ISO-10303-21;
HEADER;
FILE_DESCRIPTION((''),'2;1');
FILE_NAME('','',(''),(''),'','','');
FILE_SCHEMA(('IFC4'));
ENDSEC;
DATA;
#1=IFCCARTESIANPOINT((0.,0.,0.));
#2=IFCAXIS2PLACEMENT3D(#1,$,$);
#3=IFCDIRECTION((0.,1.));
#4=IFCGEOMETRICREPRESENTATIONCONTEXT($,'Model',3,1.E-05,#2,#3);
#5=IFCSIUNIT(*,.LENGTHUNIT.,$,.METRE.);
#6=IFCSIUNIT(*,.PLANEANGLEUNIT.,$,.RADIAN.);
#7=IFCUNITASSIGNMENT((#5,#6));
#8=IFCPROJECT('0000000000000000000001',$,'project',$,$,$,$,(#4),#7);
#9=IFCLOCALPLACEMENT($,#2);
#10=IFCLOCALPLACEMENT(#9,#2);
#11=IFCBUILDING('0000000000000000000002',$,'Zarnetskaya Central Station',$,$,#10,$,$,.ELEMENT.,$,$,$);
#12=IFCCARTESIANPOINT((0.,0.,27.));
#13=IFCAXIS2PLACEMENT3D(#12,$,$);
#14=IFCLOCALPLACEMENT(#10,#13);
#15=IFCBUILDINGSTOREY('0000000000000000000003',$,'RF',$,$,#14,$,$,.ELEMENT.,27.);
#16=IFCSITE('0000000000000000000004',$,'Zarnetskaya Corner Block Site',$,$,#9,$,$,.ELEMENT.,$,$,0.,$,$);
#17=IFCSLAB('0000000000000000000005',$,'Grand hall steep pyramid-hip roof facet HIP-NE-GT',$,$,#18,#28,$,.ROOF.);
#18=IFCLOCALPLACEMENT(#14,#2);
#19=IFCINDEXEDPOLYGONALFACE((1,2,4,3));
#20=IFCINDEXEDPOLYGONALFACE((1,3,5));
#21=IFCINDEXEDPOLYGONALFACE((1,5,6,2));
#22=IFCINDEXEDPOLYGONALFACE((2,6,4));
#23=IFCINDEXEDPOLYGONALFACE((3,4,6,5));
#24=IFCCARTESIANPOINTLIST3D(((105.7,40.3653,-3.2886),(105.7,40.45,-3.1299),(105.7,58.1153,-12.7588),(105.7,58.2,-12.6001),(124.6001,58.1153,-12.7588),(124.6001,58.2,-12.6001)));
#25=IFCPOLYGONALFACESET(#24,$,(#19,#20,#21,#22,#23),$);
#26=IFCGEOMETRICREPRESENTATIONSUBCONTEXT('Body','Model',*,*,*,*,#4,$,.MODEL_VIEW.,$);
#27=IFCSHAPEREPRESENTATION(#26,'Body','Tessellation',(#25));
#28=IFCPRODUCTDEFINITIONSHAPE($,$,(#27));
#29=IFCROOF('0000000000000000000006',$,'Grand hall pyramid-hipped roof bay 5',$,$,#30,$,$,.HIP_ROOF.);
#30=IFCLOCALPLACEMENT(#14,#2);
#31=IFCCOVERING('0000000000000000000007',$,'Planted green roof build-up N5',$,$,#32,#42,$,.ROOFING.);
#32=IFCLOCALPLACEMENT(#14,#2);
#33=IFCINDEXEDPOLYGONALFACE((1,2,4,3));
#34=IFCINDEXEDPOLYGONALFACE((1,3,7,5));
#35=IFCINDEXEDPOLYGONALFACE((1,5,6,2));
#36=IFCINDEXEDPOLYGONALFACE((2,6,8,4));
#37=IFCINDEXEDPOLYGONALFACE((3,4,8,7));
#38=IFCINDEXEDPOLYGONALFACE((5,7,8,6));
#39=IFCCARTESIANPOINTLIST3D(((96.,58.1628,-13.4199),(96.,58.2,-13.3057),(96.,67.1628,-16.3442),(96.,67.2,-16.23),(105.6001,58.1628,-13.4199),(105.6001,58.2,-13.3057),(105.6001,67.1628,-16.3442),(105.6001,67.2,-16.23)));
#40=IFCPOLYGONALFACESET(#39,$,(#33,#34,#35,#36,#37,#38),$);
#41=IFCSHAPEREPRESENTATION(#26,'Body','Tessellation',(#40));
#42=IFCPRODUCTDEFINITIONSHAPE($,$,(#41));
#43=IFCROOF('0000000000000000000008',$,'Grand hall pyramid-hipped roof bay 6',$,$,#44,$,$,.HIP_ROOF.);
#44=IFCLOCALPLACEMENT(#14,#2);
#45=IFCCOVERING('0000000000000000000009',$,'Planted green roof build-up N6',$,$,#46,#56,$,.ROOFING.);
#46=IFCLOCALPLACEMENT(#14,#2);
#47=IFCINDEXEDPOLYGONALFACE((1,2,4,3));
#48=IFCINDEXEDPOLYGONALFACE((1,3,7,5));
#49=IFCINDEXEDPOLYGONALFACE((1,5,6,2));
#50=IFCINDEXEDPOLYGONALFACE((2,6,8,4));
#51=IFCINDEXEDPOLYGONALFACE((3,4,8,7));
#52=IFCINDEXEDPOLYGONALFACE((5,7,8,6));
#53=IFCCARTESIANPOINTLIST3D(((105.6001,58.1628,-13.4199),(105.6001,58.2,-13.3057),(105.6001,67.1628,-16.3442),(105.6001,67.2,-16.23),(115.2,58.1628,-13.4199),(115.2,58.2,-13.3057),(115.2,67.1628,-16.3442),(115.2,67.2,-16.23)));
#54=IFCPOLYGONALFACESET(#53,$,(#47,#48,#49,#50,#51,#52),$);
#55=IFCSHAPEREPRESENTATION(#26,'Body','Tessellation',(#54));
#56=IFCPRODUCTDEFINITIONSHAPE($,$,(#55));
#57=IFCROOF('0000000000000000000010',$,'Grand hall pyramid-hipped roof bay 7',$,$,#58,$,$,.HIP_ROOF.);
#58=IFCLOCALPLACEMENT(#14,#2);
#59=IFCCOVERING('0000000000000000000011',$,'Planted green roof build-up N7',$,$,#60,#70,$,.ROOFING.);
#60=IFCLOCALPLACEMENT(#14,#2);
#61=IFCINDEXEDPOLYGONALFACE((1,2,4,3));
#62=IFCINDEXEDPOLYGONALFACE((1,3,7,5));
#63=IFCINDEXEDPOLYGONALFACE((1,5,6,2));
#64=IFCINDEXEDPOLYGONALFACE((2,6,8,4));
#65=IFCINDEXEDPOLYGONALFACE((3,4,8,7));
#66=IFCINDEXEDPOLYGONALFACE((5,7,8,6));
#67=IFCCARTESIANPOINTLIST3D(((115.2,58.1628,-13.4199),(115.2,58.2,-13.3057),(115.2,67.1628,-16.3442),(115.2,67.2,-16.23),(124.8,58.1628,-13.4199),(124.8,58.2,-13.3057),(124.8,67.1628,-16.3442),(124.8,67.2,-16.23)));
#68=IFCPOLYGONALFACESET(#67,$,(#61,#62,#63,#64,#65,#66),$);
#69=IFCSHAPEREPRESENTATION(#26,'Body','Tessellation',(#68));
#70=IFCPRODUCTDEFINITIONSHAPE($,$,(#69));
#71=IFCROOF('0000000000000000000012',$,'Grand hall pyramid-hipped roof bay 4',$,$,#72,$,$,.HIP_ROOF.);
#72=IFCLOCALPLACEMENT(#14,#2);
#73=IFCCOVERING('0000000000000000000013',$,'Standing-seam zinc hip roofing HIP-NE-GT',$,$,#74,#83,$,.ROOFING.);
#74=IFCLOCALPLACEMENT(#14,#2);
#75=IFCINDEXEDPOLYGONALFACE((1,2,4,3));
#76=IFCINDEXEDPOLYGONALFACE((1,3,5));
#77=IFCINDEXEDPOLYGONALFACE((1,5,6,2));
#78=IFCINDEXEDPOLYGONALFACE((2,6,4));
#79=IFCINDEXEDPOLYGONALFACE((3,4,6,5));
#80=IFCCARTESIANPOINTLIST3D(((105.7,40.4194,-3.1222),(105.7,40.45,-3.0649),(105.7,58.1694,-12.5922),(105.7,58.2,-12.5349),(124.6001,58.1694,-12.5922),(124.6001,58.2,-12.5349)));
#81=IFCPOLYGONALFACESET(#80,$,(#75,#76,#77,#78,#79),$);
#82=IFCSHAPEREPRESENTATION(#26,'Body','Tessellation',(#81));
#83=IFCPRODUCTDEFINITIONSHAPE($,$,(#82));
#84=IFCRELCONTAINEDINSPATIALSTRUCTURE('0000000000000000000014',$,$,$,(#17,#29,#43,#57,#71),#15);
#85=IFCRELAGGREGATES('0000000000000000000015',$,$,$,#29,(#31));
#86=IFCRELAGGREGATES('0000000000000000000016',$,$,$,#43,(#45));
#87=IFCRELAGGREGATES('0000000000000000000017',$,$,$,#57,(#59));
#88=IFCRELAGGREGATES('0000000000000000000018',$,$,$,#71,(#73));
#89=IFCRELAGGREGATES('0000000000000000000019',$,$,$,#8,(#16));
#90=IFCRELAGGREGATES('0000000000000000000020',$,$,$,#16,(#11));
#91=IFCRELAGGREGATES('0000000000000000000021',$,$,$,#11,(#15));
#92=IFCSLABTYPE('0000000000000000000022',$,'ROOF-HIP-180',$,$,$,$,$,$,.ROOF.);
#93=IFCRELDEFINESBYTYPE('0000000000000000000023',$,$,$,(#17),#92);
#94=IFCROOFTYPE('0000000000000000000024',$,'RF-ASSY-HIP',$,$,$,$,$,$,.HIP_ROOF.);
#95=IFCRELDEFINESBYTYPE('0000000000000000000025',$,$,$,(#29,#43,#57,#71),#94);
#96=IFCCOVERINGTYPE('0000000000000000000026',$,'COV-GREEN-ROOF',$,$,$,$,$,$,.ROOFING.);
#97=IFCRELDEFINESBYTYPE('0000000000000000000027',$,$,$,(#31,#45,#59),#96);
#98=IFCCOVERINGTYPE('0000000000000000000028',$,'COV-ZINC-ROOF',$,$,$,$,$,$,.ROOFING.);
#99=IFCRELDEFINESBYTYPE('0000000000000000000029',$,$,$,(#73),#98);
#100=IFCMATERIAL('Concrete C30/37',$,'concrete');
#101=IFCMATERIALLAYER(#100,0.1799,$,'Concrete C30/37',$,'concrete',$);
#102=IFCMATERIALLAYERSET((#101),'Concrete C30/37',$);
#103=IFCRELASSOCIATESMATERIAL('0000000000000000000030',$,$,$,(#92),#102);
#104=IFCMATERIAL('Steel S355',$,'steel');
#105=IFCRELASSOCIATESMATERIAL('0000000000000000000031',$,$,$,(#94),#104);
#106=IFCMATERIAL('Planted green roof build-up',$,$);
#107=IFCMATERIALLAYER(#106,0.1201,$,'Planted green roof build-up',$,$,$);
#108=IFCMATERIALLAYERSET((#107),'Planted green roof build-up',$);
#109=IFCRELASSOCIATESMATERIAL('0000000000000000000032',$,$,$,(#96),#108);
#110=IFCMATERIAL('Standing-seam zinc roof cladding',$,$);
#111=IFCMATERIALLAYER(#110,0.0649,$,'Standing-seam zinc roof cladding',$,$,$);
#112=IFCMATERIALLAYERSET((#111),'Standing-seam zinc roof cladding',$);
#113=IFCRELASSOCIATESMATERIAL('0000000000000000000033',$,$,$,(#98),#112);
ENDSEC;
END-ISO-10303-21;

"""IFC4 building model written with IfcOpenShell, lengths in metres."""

from ifc_helpers import new_model, si_unit, direction, frame, origin, place, context, subcontext, project, spatial, polyline, outline, extrude, material, layer, layer_set, type_object, element, aggregate, save


model = new_model("IFC4")

# Units and contexts
model_context = context("Model", 3, precision=1e-05, world=origin(), true_north=direction((0.0, 1.0)))
body_context = subcontext(model_context, "Body", "Model", "MODEL_VIEW")
ifc_project = project(units=[si_unit("LENGTHUNIT", "METRE"), si_unit("PLANEANGLEUNIT", "RADIAN")], contexts=[model_context])

# Site, building, storey
site_placement = place(None, origin())
site = spatial("IfcSite", under=ifc_project, at=site_placement, Name="Zarnetskaya Corner Block Site", CompositionType="ELEMENT", RefElevation=0.0)
building_placement = place(site_placement, origin())
building = spatial("IfcBuilding", under=site, at=building_placement, Name="Zarnetskaya Central Station", CompositionType="ELEMENT")
storey_placement = place(building_placement, frame((0.0, 0.0, 27.0)))
storey = spatial("IfcBuildingStorey", under=building, at=storey_placement, Name="RF", CompositionType="ELEMENT", Elevation=27.0)

# Shared definitions
ifc_material_1 = material(Name="Steel S355", Category="steel")

# Slab
ifc_material_2 = material(Name="Concrete C30/37", Category="concrete")
ifc_layer_1 = layer(ifc_material_2, 0.1799, Name="Concrete C30/37", Category="concrete")
ifc_layer_set_1 = layer_set([ifc_layer_1], Name="Concrete C30/37")
slab_type_1 = type_object("IfcSlabType", Name="ROOF-HIP-180", PredefinedType="ROOF", material=ifc_layer_set_1)
slab_1_placement = place(storey_placement, frame((124.6001, 58.2, -12.6001), z_axis=(0.0, 0.470726, 0.88228), x_axis=(-1.0, 0.0, 0.0)))
element("IfcSlab", 1, at=slab_1_placement, inside=storey, type_object=slab_type_1, Name="Grand hall steep pyramid-hip roof facet HIP-NE-GT", PredefinedType="ROOF", context=body_context, shape_type="SweptSolid", body=[
    extrude(outline(polyline([(0.0, 0.0), (18.9001, 0.0), (18.9001, 20.1183), (0.0, 0.0)])), origin(), (0.0, 0.0, -1.0), 0.1799),
])

# Roofs, coverings
roof_type = type_object("IfcRoofType", Name="RF-ASSY-HIP", PredefinedType="HIP_ROOF", material=ifc_material_1)
roof_1_placement = place(storey_placement, origin())
roof_1 = element("IfcRoof", 2, at=roof_1_placement, inside=storey, type_object=roof_type, Name="Grand hall pyramid-hipped roof bay 5", PredefinedType="HIP_ROOF")
ifc_material_3 = material(Name="Planted green roof build-up")
ifc_layer_2 = layer(ifc_material_3, 0.1201, Name="Planted green roof build-up")
ifc_layer_set_2 = layer_set([ifc_layer_2], Name="Planted green roof build-up")
covering_type_1 = type_object("IfcCoveringType", Name="COV-GREEN-ROOF", PredefinedType="ROOFING", material=ifc_layer_set_2)
covering_1_placement = place(storey_placement, frame((105.6001, 67.2, -16.23), z_axis=(0.0, 0.309021, 0.951055), x_axis=(-1.0, 0.0, 0.0)))
covering_1 = element("IfcCovering", 3, at=covering_1_placement, type_object=covering_type_1, Name="Planted green roof build-up N5", PredefinedType="ROOFING", context=body_context, shape_type="SweptSolid", body=[
    extrude(outline(polyline([(0.0, 0.0), (9.6001, 0.0), (9.6001, 9.4632), (0.0, 9.4632), (0.0, 0.0)])), origin(), (0.0, 0.0, -1.0), 0.1201),
])
aggregate(roof_1, [covering_1])
roof_2_placement = place(storey_placement, origin())
roof_2 = element("IfcRoof", 4, at=roof_2_placement, inside=storey, type_object=roof_type, Name="Grand hall pyramid-hipped roof bay 6", PredefinedType="HIP_ROOF")
covering_2_placement = place(storey_placement, frame((115.2, 67.2, -16.23), z_axis=(0.0, 0.309021, 0.951055), x_axis=(-1.0, 0.0, 0.0)))
covering_2 = element("IfcCovering", 5, at=covering_2_placement, type_object=covering_type_1, Name="Planted green roof build-up N6", PredefinedType="ROOFING", context=body_context, shape_type="SweptSolid", body=[
    extrude(outline(polyline([(0.0, 0.0), (9.5999, 0.0), (9.5999, 9.4632), (0.0, 9.4632), (0.0, 0.0)])), origin(), (0.0, 0.0, -1.0), 0.1201),
])
aggregate(roof_2, [covering_2])
roof_3_placement = place(storey_placement, origin())
roof_3 = element("IfcRoof", 6, at=roof_3_placement, inside=storey, type_object=roof_type, Name="Grand hall pyramid-hipped roof bay 7", PredefinedType="HIP_ROOF")
covering_3_placement = place(storey_placement, frame((124.8, 67.2, -16.23), z_axis=(0.0, 0.309021, 0.951055), x_axis=(-1.0, 0.0, 0.0)))
covering_3 = element("IfcCovering", 7, at=covering_3_placement, type_object=covering_type_1, Name="Planted green roof build-up N7", PredefinedType="ROOFING", context=body_context, shape_type="SweptSolid", body=[
    extrude(outline(polyline([(0.0, 0.0), (9.6001, 0.0), (9.6001, 9.4632), (0.0, 9.4632), (0.0, 0.0)])), origin(), (0.0, 0.0, -1.0), 0.1201),
])
aggregate(roof_3, [covering_3])
roof_4_placement = place(storey_placement, origin())
roof_4 = element("IfcRoof", 8, at=roof_4_placement, inside=storey, type_object=roof_type, Name="Grand hall pyramid-hipped roof bay 4", PredefinedType="HIP_ROOF")
ifc_material_4 = material(Name="Standing-seam zinc roof cladding")
ifc_layer_3 = layer(ifc_material_4, 0.0649, Name="Standing-seam zinc roof cladding")
ifc_layer_set_3 = layer_set([ifc_layer_3], Name="Standing-seam zinc roof cladding")
covering_type_2 = type_object("IfcCoveringType", Name="COV-ZINC-ROOF", PredefinedType="ROOFING", material=ifc_layer_set_3)
covering_4_placement = place(storey_placement, frame((124.6001, 58.2, -12.5349), z_axis=(0.0, 0.470716, 0.882285), x_axis=(-1.0, 0.0, 0.0)))
covering_4 = element("IfcCovering", 9, at=covering_4_placement, type_object=covering_type_2, Name="Standing-seam zinc hip roofing HIP-NE-GT", PredefinedType="ROOFING", context=body_context, shape_type="SweptSolid", body=[
    extrude(outline(polyline([(0.0, 0.0), (18.9001, 0.0), (18.9001, 20.1182), (0.0, 0.0)])), origin(), (0.0, 0.0, -1.0), 0.0649),
])
aggregate(roof_4, [covering_4])

save(model, "model.ifc")
